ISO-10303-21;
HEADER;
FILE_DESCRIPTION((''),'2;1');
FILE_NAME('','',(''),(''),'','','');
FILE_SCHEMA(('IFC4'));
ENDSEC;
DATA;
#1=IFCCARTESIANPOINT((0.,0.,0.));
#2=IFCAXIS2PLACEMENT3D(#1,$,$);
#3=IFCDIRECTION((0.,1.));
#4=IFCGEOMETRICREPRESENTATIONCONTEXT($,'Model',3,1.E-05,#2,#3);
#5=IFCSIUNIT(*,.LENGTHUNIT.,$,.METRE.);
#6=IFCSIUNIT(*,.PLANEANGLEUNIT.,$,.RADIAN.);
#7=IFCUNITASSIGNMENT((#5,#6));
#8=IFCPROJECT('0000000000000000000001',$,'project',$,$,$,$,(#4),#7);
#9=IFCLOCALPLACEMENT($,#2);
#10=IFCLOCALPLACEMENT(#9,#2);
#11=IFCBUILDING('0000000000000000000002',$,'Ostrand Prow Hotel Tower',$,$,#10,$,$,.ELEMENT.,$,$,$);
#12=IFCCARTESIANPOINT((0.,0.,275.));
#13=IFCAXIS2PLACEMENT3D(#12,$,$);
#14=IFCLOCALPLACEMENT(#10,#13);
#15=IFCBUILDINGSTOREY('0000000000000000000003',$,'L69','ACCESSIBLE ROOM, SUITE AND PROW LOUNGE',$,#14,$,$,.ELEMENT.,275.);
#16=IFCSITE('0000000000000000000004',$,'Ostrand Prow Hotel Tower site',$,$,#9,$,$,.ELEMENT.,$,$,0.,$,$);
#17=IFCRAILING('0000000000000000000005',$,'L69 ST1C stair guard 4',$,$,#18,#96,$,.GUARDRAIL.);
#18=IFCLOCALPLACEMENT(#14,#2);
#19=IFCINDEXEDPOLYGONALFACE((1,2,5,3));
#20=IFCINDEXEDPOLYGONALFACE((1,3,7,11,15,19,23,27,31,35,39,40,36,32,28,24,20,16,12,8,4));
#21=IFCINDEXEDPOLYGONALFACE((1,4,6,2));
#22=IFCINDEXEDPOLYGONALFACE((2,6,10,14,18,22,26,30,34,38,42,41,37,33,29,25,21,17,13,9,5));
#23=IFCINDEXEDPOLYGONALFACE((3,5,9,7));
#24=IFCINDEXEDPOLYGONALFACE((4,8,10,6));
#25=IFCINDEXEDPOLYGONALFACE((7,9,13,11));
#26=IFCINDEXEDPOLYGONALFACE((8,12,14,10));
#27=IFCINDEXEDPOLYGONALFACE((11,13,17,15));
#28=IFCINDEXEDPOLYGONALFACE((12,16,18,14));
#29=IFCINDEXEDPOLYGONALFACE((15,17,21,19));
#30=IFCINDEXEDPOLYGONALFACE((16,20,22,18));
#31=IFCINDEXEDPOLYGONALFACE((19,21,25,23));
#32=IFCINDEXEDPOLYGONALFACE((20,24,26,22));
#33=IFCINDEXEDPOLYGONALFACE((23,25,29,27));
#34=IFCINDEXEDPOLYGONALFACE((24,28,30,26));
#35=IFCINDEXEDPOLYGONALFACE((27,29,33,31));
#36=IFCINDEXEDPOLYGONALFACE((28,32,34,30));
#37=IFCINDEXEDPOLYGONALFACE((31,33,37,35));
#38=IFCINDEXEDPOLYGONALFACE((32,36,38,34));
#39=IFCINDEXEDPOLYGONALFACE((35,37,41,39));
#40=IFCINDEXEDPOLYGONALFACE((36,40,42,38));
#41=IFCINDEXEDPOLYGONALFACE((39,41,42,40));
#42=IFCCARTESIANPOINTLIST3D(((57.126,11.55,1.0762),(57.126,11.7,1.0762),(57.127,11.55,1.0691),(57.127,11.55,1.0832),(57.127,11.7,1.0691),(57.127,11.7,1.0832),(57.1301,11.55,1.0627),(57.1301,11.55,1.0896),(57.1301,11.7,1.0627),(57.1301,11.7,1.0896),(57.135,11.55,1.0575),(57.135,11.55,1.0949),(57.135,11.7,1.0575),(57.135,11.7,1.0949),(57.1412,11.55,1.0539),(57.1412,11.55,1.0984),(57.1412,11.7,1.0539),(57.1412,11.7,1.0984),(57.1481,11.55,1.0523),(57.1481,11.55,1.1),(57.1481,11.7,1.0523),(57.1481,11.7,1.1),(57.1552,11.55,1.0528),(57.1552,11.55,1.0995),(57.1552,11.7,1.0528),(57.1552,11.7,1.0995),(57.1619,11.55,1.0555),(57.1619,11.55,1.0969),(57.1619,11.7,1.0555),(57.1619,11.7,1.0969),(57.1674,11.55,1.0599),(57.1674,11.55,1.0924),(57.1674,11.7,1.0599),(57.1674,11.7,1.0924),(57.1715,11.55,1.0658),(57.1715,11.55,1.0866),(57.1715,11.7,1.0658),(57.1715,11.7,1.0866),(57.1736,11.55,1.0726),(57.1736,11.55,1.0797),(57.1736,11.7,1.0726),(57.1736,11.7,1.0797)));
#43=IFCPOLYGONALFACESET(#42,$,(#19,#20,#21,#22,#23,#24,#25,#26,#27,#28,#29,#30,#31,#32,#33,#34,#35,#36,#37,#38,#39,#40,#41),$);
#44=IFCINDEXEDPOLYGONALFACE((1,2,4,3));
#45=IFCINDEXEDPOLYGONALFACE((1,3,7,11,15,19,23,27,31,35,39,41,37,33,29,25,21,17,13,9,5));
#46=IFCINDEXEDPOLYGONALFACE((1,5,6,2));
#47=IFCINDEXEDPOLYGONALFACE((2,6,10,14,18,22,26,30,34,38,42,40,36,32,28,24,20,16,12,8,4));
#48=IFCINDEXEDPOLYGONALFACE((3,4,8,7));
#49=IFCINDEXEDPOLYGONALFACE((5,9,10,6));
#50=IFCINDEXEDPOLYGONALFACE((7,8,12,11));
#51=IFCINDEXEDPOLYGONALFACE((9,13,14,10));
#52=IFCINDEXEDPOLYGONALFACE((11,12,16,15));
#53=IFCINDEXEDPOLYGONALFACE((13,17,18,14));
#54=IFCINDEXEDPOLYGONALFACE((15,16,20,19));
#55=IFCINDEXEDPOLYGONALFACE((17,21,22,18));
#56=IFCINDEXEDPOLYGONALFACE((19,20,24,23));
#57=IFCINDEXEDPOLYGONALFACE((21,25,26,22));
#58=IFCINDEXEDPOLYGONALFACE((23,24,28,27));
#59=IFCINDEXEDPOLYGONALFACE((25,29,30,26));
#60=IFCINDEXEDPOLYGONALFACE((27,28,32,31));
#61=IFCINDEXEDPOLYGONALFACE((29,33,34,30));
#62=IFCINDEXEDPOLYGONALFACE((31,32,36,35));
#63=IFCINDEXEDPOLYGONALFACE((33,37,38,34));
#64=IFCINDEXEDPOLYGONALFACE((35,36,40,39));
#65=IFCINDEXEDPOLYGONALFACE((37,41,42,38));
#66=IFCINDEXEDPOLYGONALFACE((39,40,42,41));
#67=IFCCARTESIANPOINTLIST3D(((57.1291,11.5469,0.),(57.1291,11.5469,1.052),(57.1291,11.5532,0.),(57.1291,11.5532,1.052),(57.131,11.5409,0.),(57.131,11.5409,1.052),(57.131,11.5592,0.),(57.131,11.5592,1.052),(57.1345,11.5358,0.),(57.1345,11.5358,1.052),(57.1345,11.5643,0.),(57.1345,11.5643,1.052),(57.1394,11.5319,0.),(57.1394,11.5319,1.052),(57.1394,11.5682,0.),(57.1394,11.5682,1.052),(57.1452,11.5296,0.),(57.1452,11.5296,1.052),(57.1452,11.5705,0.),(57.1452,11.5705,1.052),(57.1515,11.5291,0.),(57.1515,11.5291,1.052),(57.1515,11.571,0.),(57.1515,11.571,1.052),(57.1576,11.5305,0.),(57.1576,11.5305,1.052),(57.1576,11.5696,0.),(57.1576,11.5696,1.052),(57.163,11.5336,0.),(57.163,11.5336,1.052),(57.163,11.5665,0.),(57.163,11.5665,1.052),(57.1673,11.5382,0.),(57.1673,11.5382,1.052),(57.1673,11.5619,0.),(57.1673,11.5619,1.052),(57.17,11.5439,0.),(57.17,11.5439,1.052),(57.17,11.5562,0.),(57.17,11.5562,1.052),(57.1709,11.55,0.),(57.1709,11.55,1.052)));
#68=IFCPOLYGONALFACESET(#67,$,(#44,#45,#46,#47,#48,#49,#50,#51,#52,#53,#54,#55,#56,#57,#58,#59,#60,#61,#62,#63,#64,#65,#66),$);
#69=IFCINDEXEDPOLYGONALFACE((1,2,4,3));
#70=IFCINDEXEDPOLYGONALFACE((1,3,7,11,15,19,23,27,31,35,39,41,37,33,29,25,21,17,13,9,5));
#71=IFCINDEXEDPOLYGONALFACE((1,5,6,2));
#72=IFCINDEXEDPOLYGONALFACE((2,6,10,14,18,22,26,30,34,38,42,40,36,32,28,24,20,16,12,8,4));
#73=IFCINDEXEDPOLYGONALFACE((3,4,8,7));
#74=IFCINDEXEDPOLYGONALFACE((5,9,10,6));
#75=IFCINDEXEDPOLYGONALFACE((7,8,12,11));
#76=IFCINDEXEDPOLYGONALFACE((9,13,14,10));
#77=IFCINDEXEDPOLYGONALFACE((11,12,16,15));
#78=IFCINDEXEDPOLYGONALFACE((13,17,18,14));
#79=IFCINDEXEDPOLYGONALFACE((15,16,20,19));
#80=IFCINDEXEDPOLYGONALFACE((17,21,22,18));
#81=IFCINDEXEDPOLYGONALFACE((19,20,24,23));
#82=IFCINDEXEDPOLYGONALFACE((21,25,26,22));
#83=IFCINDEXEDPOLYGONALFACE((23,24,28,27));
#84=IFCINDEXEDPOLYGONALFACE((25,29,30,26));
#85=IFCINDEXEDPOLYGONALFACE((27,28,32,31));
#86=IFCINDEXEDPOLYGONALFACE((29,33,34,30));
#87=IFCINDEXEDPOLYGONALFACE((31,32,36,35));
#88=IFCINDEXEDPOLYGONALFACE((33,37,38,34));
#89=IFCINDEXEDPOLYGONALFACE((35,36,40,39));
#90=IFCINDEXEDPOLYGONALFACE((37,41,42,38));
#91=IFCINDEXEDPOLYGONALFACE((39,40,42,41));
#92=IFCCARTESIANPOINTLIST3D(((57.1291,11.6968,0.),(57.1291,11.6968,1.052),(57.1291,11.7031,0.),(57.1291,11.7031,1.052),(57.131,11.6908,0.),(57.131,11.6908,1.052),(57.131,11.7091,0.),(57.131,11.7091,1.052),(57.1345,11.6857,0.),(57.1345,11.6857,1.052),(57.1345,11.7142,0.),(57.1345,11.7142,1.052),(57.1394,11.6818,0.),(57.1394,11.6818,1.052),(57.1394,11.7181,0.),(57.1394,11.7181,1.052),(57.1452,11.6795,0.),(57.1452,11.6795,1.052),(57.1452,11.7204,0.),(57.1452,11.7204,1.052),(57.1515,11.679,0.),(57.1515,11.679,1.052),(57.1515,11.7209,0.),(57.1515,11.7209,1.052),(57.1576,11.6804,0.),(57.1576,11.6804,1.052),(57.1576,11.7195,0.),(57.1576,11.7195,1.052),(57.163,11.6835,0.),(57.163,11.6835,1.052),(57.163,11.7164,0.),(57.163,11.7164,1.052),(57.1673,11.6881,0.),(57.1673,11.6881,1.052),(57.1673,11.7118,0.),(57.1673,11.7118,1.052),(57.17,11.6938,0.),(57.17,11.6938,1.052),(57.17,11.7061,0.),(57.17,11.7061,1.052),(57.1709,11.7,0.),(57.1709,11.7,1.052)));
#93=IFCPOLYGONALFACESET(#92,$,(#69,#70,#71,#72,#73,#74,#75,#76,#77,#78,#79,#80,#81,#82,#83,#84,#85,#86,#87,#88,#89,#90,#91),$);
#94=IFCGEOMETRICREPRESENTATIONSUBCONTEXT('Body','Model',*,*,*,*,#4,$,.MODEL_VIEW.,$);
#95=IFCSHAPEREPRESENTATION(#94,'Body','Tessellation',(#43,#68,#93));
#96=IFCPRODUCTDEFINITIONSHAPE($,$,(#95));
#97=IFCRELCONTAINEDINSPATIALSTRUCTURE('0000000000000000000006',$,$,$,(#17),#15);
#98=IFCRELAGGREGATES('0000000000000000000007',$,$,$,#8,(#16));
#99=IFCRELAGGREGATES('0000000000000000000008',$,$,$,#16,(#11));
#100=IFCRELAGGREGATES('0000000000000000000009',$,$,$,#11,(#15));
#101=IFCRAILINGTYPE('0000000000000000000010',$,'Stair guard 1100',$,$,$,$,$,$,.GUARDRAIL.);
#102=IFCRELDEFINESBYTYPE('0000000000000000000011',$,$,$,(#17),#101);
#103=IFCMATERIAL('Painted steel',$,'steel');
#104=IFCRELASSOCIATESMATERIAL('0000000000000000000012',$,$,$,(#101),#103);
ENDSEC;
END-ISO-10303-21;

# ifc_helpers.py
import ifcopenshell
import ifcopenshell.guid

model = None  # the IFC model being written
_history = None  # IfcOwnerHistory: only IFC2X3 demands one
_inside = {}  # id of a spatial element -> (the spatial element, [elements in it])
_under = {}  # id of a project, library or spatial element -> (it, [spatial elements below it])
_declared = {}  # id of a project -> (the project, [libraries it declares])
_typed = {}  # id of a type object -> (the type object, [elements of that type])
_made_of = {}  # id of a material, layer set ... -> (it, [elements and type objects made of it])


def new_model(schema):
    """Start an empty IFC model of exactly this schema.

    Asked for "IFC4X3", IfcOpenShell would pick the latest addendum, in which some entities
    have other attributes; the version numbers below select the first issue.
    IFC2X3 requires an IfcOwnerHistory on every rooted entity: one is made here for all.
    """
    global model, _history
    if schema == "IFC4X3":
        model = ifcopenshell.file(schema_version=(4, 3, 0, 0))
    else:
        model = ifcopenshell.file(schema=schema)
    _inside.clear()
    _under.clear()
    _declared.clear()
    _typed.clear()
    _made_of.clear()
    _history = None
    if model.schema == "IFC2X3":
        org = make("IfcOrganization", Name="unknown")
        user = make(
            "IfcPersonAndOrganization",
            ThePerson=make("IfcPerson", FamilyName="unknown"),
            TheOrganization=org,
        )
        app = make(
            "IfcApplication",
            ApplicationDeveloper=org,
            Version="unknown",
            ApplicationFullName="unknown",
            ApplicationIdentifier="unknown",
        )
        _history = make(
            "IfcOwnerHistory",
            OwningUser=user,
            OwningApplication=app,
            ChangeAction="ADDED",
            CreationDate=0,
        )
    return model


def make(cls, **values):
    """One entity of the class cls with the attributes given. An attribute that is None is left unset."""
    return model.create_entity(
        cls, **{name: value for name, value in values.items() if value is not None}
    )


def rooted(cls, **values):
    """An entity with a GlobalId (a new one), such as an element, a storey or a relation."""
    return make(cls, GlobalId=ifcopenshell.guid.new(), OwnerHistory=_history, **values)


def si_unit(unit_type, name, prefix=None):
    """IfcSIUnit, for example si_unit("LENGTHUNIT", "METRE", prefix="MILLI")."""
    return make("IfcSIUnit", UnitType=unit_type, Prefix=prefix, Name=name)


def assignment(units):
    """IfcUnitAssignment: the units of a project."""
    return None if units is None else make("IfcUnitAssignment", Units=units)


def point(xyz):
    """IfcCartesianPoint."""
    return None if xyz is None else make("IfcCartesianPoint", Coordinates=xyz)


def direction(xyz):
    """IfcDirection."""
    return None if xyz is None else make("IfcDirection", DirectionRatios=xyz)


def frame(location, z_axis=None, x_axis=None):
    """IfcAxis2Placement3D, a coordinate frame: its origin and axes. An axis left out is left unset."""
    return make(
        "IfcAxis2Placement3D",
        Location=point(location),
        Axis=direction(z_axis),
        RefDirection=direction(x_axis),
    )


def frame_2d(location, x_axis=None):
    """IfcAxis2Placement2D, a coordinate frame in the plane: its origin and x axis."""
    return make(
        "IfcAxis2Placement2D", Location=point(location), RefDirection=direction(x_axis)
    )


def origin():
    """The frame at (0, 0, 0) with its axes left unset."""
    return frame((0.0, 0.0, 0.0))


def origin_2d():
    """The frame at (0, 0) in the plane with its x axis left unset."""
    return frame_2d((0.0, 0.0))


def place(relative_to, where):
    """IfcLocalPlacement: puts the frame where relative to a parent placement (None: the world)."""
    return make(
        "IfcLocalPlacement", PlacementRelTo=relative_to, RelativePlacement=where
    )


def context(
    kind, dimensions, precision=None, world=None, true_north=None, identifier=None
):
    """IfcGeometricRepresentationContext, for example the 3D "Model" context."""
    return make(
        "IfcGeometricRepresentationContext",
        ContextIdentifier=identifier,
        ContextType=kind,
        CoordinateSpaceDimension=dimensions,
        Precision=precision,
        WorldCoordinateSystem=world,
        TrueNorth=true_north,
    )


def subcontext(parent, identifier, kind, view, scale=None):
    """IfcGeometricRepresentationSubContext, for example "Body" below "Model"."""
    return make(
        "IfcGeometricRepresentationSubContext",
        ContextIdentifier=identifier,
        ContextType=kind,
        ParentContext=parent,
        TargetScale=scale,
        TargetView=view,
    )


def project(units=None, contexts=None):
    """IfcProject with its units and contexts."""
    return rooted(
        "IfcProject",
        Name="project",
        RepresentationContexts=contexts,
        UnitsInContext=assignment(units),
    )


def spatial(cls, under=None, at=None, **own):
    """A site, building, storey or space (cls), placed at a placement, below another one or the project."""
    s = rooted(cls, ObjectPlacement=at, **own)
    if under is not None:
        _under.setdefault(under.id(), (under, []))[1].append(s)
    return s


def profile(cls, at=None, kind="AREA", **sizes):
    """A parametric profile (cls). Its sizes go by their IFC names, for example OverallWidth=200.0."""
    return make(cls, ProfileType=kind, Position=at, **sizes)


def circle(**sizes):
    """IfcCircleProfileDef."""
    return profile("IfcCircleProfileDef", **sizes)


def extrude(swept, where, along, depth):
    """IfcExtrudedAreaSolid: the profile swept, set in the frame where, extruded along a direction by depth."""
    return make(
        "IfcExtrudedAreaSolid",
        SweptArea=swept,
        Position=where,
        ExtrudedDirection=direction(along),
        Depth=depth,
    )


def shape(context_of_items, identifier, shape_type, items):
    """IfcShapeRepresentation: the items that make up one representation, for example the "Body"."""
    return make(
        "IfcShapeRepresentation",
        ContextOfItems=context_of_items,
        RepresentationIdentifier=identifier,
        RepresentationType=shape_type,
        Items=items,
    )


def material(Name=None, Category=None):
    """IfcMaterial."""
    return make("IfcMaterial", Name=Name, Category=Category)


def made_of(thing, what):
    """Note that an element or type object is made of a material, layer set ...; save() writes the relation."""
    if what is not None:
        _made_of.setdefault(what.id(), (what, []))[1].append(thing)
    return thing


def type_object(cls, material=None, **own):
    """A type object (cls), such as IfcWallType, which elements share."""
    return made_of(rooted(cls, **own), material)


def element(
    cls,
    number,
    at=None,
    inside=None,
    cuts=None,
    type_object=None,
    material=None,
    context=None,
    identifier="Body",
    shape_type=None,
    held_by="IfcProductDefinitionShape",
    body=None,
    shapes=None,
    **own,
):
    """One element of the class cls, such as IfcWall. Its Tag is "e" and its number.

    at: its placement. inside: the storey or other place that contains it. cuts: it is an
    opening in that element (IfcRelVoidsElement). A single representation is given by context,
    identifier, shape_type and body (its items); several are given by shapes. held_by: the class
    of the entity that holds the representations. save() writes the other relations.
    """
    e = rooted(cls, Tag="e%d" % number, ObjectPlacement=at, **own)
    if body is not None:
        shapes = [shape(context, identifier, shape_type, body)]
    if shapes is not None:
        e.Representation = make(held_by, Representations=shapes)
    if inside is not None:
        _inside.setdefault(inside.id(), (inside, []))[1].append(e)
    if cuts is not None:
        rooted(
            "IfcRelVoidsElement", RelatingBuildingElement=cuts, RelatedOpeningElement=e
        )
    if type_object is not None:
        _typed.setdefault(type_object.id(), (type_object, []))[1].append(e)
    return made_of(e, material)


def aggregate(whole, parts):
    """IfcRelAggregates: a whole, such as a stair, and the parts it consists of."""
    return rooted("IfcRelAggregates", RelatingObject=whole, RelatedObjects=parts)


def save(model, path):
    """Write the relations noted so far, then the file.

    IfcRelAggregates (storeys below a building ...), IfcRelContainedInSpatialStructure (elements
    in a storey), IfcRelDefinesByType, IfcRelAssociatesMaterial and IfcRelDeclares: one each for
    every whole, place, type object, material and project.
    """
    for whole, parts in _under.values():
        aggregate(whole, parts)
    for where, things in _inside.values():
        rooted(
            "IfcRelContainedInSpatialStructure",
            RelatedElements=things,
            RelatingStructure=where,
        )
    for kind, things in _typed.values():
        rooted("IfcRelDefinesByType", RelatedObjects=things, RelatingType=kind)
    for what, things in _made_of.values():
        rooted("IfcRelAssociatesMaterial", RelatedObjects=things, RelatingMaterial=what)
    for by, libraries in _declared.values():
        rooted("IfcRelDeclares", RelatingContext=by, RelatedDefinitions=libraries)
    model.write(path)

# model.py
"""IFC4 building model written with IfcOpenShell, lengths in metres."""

from ifc_helpers import new_model, si_unit, direction, frame, origin, origin_2d, place, context, subcontext, project, spatial, circle, extrude, material, type_object, element, save


model = new_model("IFC4")

# Units and contexts
model_context = context("Model", 3, precision=1e-05, world=origin(), true_north=direction((0.0, 1.0)))
body_context = subcontext(model_context, "Body", "Model", "MODEL_VIEW")
ifc_project = project(units=[si_unit("LENGTHUNIT", "METRE"), si_unit("PLANEANGLEUNIT", "RADIAN")], contexts=[model_context])

# Site, building, storey
site_placement = place(None, origin())
site = spatial("IfcSite", under=ifc_project, at=site_placement, Name="Ostrand Prow Hotel Tower site", CompositionType="ELEMENT", RefElevation=0.0)
building_placement = place(site_placement, origin())
building = spatial("IfcBuilding", under=site, at=building_placement, Name="Ostrand Prow Hotel Tower", CompositionType="ELEMENT")
storey_placement = place(building_placement, frame((0.0, 0.0, 275.0)))
storey = spatial("IfcBuildingStorey", under=building, at=storey_placement, Name="L69", Description="ACCESSIBLE ROOM, SUITE AND PROW LOUNGE", CompositionType="ELEMENT", Elevation=275.0)

# Railing
ifc_material_1 = material(Name="Painted steel", Category="steel")
railing_type_1 = type_object("IfcRailingType", Name="Stair guard 1100", PredefinedType="GUARDRAIL", material=ifc_material_1)
railing_1_placement = place(storey_placement, frame((57.1499, 11.55, 0.0)))
element("IfcRailing", 1, at=railing_1_placement, inside=storey, type_object=railing_type_1, Name="L69 ST1C stair guard 4", PredefinedType="GUARDRAIL", context=body_context, shape_type="SweptSolid", body=[
    extrude(circle(Radius=0.0239, at=origin_2d()), frame((0.0, 0.0, 1.0762), z_axis=(0.0, 1.0, 0.0), x_axis=(-1.0, 0.0, 0.0)), (0.0, 0.0, 1.0), 0.1499),
    extrude(circle(Radius=0.021, at=origin_2d()), origin(), (0.0, 0.0, 1.0), 1.052),
    extrude(circle(Radius=0.021, at=origin_2d()), frame((0.0, 0.1499, 0.0)), (0.0, 0.0, 1.0), 1.052),
])

save(model, "model.ifc")
